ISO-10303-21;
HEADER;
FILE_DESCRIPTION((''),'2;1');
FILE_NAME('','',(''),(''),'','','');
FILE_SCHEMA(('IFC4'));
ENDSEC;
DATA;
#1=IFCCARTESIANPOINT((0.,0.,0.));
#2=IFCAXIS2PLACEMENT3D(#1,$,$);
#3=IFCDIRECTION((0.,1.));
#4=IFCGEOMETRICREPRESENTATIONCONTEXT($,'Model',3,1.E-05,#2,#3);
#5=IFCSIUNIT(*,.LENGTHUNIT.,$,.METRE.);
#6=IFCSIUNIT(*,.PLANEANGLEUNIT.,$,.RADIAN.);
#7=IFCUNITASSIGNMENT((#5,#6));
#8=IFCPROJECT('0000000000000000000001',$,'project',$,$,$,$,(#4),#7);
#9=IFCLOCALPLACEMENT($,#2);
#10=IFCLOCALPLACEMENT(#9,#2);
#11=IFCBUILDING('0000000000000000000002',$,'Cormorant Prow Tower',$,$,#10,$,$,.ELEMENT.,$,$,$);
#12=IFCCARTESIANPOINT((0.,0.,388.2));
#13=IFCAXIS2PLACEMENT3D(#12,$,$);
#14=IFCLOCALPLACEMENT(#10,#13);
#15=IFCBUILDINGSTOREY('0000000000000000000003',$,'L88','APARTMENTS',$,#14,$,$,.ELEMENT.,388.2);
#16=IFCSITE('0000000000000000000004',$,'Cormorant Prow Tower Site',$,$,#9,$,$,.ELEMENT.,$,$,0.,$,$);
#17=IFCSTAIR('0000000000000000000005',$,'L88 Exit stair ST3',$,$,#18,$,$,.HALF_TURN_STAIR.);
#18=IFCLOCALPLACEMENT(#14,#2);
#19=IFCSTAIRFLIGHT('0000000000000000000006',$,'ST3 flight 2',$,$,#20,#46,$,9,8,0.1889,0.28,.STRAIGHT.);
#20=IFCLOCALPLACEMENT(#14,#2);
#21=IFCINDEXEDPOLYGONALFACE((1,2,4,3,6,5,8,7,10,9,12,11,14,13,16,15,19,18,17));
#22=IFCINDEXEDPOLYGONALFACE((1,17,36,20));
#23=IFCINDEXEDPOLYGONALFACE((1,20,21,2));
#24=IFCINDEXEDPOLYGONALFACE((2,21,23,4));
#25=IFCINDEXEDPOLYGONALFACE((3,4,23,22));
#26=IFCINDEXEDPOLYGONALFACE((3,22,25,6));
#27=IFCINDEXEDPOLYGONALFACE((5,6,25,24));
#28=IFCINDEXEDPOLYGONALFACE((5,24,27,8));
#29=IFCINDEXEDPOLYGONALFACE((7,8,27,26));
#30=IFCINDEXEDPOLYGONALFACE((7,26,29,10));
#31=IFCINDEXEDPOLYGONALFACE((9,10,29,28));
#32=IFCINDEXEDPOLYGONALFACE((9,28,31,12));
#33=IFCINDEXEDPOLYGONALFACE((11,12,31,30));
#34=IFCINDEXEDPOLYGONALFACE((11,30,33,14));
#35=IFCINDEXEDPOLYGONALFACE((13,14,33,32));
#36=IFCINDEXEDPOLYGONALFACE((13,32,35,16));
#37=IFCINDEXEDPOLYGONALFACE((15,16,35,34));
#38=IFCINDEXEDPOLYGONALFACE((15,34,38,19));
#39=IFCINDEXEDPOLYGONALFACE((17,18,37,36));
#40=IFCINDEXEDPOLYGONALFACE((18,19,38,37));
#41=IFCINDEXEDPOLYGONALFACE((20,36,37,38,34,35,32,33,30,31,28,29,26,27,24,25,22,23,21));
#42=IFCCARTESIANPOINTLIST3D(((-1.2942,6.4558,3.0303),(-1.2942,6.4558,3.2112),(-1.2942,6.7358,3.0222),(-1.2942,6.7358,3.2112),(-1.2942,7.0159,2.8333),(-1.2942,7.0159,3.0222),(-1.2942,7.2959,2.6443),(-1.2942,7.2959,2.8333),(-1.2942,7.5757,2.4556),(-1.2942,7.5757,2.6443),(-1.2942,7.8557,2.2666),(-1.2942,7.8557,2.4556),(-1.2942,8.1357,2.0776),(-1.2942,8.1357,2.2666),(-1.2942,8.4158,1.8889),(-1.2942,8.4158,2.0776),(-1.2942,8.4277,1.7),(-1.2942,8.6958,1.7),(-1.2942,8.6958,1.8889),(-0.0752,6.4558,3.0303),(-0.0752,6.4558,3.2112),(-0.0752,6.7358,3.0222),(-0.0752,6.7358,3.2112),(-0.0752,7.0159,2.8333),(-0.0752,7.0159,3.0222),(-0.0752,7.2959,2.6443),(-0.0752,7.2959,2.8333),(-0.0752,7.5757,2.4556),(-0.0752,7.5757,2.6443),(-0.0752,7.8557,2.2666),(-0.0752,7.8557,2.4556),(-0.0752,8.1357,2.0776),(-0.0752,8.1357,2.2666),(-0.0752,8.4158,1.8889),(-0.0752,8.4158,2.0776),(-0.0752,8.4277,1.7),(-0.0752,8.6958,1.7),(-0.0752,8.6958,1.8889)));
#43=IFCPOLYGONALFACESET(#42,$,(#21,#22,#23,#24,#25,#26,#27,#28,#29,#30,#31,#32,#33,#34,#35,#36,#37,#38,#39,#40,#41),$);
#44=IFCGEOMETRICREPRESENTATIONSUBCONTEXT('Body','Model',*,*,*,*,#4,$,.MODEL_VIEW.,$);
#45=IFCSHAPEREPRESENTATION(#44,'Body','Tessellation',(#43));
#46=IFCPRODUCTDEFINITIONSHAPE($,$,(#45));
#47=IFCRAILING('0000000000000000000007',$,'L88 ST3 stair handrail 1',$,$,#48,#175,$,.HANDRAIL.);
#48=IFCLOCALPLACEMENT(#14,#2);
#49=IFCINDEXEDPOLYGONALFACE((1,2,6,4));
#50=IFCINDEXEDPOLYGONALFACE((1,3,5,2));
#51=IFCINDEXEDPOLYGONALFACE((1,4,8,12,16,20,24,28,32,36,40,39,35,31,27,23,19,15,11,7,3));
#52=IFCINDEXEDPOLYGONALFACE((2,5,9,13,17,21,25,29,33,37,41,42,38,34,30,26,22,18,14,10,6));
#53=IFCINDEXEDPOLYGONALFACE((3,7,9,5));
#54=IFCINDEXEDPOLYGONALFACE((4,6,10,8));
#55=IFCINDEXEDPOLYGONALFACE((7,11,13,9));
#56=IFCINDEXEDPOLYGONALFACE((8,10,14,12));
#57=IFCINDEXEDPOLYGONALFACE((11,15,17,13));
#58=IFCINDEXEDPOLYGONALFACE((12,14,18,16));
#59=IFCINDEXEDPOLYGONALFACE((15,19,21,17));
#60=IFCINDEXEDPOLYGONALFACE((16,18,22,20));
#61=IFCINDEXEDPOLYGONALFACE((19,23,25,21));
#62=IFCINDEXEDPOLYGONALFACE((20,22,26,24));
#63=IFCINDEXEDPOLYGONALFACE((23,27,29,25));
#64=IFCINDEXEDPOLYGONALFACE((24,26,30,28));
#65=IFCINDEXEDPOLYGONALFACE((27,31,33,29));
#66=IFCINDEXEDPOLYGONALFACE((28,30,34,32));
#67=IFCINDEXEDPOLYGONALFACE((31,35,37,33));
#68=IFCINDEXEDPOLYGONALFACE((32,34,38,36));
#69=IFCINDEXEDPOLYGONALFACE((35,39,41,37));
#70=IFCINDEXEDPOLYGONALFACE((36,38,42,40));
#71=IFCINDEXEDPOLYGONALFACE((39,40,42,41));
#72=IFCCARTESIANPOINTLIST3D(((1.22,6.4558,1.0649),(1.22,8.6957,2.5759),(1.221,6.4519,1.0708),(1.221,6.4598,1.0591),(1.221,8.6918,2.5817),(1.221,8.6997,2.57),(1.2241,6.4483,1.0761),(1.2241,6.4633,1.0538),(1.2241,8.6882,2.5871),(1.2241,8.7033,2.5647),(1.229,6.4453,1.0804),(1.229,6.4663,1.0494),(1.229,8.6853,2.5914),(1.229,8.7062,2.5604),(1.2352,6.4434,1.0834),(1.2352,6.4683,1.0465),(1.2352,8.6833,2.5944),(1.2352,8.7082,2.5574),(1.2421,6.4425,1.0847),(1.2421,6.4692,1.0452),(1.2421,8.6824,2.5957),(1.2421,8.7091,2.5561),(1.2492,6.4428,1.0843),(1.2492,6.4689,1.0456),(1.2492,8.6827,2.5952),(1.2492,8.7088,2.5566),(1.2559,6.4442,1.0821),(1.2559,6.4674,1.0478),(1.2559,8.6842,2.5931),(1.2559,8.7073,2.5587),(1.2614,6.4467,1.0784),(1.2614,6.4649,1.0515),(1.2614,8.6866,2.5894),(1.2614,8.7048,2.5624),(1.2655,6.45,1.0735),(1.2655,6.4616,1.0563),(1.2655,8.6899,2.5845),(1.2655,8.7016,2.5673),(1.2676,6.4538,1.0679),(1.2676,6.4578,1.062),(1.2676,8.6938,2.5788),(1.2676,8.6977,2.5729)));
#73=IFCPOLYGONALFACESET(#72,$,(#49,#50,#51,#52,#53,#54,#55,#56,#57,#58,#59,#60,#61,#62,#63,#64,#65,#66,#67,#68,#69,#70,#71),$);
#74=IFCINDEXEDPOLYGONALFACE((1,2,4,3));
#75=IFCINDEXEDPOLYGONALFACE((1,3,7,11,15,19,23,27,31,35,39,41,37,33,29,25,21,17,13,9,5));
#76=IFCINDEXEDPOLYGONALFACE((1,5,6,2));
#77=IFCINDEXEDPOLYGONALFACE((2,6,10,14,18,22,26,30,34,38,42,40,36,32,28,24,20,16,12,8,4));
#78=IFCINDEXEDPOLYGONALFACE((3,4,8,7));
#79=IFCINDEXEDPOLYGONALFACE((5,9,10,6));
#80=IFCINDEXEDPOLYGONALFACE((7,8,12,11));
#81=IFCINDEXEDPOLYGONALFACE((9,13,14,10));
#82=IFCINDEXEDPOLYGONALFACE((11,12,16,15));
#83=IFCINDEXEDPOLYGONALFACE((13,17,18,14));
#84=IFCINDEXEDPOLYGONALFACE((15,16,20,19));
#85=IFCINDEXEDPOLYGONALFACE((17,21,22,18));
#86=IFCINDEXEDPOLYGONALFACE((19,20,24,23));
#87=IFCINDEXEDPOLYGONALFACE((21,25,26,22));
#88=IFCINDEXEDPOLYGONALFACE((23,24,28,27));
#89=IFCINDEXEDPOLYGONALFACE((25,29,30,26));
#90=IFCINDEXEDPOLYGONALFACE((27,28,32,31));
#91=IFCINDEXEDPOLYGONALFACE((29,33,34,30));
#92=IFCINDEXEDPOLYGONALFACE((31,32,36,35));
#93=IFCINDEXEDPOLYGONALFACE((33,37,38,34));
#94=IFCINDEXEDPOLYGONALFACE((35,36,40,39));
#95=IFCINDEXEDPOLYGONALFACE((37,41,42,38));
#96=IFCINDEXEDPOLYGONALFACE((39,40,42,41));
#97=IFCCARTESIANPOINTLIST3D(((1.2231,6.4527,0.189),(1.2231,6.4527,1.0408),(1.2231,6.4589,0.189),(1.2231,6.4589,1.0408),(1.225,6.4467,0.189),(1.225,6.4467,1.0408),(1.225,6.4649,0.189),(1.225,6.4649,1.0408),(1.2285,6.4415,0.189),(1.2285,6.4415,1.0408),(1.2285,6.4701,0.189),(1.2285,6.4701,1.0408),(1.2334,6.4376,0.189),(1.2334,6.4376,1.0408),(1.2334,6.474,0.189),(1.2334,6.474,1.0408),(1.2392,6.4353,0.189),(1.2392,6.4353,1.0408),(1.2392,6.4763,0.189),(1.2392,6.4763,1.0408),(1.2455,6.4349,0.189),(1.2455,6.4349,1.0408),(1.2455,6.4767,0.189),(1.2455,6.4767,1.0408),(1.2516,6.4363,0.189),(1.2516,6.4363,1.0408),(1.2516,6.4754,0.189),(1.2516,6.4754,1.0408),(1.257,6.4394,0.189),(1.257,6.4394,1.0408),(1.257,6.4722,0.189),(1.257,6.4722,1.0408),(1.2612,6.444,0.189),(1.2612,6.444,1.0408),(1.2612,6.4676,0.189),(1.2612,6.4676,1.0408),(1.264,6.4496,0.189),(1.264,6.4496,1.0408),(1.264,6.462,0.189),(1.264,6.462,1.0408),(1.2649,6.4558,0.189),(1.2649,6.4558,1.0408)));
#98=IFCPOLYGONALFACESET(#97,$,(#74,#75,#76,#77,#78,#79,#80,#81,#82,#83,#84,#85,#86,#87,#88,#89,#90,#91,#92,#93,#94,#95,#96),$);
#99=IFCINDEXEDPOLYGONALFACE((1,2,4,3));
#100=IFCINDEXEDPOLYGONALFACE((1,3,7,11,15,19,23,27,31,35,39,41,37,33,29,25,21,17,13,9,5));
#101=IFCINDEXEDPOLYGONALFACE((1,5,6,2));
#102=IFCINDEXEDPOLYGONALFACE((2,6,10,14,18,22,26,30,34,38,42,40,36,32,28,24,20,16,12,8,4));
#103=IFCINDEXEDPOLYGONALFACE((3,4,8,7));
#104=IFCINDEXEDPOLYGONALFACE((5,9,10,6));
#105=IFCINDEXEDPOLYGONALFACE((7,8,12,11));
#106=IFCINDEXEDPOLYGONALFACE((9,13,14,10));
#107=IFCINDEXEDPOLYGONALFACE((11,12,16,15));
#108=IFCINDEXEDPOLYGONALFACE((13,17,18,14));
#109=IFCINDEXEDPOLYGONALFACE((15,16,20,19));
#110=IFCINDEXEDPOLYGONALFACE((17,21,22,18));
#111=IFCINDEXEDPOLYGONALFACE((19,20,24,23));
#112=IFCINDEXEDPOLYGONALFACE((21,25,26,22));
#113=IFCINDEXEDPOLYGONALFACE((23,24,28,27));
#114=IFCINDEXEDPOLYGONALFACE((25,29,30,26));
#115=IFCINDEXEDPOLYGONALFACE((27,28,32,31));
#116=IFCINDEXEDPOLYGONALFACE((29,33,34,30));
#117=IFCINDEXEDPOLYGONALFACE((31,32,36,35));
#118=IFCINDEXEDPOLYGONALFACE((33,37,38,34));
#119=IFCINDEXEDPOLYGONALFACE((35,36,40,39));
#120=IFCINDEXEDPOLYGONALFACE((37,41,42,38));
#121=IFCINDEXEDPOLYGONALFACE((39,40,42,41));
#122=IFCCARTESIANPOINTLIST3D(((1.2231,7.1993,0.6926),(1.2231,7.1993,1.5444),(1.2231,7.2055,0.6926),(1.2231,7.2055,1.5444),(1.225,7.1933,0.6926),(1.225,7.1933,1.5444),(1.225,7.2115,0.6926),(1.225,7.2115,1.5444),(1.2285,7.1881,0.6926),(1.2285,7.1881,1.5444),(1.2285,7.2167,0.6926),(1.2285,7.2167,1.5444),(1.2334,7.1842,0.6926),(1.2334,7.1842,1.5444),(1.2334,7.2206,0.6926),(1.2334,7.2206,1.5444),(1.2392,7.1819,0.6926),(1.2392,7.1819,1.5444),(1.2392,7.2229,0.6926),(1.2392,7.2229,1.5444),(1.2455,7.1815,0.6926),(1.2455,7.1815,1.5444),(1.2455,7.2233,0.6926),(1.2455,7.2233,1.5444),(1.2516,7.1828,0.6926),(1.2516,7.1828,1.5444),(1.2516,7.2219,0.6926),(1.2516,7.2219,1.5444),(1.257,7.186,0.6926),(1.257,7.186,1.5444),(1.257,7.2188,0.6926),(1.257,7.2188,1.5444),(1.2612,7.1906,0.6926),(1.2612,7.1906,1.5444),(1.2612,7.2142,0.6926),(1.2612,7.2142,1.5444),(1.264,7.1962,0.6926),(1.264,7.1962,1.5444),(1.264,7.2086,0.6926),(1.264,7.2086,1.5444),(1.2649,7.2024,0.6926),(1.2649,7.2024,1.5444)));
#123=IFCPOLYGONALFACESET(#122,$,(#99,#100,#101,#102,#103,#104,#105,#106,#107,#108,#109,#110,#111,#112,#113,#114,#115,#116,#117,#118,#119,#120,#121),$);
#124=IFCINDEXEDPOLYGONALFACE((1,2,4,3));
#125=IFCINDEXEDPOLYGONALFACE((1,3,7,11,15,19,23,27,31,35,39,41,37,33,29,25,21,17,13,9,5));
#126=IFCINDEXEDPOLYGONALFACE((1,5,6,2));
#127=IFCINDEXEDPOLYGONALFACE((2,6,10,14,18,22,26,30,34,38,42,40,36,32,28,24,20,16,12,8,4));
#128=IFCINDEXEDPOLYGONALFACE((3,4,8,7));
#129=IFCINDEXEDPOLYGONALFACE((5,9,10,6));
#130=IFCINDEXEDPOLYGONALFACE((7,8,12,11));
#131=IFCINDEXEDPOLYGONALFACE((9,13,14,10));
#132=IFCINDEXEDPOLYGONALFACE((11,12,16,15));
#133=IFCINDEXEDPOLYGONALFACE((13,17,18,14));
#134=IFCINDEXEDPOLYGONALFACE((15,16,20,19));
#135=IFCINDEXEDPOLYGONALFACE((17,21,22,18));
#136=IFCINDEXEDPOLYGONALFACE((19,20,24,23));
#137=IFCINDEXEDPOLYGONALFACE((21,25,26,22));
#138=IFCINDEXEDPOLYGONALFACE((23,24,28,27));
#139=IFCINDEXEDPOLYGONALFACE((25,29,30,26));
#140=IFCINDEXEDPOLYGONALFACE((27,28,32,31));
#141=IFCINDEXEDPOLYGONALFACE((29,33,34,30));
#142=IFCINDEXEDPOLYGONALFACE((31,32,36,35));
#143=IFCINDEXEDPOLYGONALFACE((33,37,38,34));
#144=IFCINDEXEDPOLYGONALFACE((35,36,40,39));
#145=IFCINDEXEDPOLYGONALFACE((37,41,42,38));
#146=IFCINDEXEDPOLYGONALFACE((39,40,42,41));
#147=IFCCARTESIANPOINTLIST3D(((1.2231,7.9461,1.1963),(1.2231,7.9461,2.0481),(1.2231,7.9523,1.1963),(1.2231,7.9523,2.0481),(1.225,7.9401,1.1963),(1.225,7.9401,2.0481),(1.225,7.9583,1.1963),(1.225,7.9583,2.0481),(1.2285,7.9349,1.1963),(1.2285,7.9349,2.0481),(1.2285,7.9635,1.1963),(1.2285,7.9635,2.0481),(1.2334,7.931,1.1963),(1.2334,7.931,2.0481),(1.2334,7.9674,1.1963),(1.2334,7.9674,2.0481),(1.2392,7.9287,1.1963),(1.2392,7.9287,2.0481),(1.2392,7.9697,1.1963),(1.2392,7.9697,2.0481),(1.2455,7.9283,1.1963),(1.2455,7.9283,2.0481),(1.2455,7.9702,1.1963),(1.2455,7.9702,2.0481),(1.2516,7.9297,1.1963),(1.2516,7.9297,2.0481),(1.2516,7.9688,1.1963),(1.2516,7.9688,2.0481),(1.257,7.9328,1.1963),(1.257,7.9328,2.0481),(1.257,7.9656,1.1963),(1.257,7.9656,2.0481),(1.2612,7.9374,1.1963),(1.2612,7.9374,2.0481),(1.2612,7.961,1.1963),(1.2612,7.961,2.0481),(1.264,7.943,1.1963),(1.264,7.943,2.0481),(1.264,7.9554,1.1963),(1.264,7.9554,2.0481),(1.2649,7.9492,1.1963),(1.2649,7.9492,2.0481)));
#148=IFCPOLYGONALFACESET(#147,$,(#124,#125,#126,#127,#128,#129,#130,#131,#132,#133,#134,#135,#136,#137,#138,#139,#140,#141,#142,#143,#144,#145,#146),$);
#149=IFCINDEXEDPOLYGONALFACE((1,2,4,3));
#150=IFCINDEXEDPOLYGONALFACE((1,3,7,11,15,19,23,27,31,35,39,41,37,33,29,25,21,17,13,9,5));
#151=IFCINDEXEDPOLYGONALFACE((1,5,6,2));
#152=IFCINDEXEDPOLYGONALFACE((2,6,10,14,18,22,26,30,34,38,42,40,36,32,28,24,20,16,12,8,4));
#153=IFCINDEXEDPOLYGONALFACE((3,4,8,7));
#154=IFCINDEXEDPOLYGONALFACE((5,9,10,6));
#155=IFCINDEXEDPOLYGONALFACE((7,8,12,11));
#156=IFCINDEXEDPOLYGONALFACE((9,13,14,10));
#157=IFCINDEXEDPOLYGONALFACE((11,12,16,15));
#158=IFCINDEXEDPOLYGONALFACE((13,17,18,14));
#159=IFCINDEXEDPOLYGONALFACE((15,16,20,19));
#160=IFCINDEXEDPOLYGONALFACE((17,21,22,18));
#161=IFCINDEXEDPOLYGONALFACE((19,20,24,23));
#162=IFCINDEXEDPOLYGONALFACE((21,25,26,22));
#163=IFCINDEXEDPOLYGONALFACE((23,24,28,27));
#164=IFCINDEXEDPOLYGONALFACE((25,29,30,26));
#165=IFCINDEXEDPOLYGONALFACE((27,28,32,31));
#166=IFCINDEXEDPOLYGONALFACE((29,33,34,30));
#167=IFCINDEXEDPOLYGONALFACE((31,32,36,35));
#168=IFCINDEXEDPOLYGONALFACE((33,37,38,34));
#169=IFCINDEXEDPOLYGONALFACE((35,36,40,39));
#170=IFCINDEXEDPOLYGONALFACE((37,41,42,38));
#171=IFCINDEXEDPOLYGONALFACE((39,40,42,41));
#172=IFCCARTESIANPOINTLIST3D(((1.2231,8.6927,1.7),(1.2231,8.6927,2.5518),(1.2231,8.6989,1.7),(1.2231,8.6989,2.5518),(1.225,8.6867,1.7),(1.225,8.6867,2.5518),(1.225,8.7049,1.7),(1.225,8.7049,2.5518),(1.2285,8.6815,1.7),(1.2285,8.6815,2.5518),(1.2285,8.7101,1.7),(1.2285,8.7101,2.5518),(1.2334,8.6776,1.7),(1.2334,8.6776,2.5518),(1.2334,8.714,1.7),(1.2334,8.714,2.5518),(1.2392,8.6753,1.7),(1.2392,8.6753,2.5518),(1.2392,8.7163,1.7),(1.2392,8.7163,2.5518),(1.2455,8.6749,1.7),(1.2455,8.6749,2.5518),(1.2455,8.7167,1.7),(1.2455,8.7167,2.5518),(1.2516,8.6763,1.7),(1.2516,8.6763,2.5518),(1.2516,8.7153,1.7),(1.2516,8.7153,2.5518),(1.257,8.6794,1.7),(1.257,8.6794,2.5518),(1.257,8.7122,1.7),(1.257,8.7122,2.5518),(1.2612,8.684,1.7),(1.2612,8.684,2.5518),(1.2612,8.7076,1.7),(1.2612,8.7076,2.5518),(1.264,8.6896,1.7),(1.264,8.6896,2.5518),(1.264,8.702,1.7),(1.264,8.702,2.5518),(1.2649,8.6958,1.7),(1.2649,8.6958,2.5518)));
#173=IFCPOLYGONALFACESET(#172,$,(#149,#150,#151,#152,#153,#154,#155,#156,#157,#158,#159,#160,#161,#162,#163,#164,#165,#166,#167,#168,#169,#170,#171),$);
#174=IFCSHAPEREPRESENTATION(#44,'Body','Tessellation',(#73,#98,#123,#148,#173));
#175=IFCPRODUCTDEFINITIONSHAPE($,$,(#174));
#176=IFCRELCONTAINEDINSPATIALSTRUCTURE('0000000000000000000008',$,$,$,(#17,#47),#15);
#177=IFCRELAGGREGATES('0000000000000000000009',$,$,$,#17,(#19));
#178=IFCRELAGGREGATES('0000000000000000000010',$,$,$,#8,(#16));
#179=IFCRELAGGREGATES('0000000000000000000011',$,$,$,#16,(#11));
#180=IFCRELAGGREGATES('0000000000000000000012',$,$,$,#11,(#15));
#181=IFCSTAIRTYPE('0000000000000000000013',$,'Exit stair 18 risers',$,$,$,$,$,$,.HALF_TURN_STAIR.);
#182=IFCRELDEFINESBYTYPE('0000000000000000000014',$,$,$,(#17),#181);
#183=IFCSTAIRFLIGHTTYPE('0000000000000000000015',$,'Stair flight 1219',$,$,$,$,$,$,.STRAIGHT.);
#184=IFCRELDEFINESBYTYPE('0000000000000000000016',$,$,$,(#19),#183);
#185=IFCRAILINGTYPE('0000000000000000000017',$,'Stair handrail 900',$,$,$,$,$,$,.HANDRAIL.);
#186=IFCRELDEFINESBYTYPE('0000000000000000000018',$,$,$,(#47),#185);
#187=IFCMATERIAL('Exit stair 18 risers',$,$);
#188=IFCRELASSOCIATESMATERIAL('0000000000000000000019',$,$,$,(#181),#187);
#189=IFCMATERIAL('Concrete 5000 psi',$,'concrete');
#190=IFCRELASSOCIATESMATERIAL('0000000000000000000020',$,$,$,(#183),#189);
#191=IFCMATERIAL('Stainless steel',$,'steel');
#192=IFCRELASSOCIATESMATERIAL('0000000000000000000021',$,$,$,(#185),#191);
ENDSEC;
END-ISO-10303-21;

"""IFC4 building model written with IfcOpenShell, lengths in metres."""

from ifc_helpers import new_model, si_unit, direction, frame, origin, origin_2d, place, context, subcontext, project, spatial, polyline, circle, outline, extrude, material, type_object, element, aggregate, save


model = new_model("IFC4")

# Units and contexts
model_context = context("Model", 3, precision=1e-05, world=origin(), true_north=direction((0.0, 1.0)))
body_context = subcontext(model_context, "Body", "Model", "MODEL_VIEW")
ifc_project = project(units=[si_unit("LENGTHUNIT", "METRE"), si_unit("PLANEANGLEUNIT", "RADIAN")], contexts=[model_context])

# Site, building, storey
site_placement = place(None, origin())
site = spatial("IfcSite", under=ifc_project, at=site_placement, Name="Cormorant Prow Tower Site", CompositionType="ELEMENT", RefElevation=0.0)
building_placement = place(site_placement, origin())
building = spatial("IfcBuilding", under=site, at=building_placement, Name="Cormorant Prow Tower", CompositionType="ELEMENT")
storey_placement = place(building_placement, frame((0.0, 0.0, 388.2)))
storey = spatial("IfcBuildingStorey", under=building, at=storey_placement, Name="L88", Description="APARTMENTS", CompositionType="ELEMENT", Elevation=388.2)

# Stair
ifc_material_1 = material(Name="Exit stair 18 risers")
stair_type = type_object("IfcStairType", Name="Exit stair 18 risers", PredefinedType="HALF_TURN_STAIR", material=ifc_material_1)
stair_1_placement = place(storey_placement, origin())
stair_1 = element("IfcStair", 1, at=stair_1_placement, inside=storey, type_object=stair_type, Name="L88 Exit stair ST3", PredefinedType="HALF_TURN_STAIR")

# Stair flight
ifc_material_2 = material(Name="Concrete 5000 psi", Category="concrete")
stair_flight_type = type_object("IfcStairFlightType", Name="Stair flight 1219", PredefinedType="STRAIGHT", material=ifc_material_2)
stair_flight_1_placement = place(storey_placement, frame((-0.6846, 8.6958, 1.7), z_axis=(0.0, 0.0, 1.0), x_axis=(0.0, -1.0, 0.0)))
stair_flight_1 = element("IfcStairFlight", 2, at=stair_flight_1_placement, type_object=stair_flight_type, Name="ST3 flight 2", NumberOfRisers=9, NumberOfTreads=8, PredefinedType="STRAIGHT", RiserHeight=0.1889, TreadLength=0.28, context=body_context, shape_type="SweptSolid", body=[
    extrude(outline(polyline([(0.0, 0.0), (0.0, 0.189), (0.28, 0.189), (0.28, 0.3777), (0.5601, 0.3777), (0.5601, 0.5667), (0.8401, 0.5667), (0.8401, 0.7556), (1.1201, 0.7556), (1.1201, 0.9443), (1.3999, 0.9443), (1.3999, 1.1333), (1.6799, 1.1333), (1.6799, 1.3223), (1.96, 1.3223), (1.96, 1.5112), (2.24, 1.5112), (2.24, 1.7), (2.24, 1.3303), (0.2681, 0.0), (0.0, 0.0)])), frame((0.0, 0.6094, 0.0), z_axis=(0.0, -1.0, 0.0), x_axis=(1.0, 0.0, 0.0)), (0.0, 0.0, 1.0), 1.219),
])
aggregate(stair_1, [stair_flight_1])

# Railing
ifc_material_3 = material(Name="Stainless steel", Category="steel")
railing_type_1 = type_object("IfcRailingType", Name="Stair handrail 900", PredefinedType="HANDRAIL", material=ifc_material_3)
railing_1_placement = place(storey_placement, frame((1.2439, 6.4558, 0.189)))
element("IfcRailing", 3, at=railing_1_placement, inside=storey, type_object=railing_type_1, Name="L88 ST3 stair handrail 1", PredefinedType="HANDRAIL", context=body_context, shape_type="SweptSolid", body=[
    extrude(circle(Radius=0.0239, at=origin_2d()), frame((0.0, 0.0, 0.876), z_axis=(0.0, 0.829021, 0.559217), x_axis=(-1.0, 0.0, 0.0)), (0.0, 0.0, 1.0), 2.7019),
    extrude(circle(Radius=0.021, at=origin_2d()), origin(), (0.0, 0.0, 1.0), 0.8518),
    extrude(circle(Radius=0.021, at=origin_2d()), frame((0.0, 0.7466, 0.5037)), (0.0, 0.0, 1.0), 0.8518),
    extrude(circle(Radius=0.021, at=origin_2d()), frame((0.0, 1.4934, 1.0073)), (0.0, 0.0, 1.0), 0.8518),
    extrude(circle(Radius=0.021, at=origin_2d()), frame((0.0, 2.24, 1.511)), (0.0, 0.0, 1.0), 0.8518),
])

save(model, "model.ifc")
